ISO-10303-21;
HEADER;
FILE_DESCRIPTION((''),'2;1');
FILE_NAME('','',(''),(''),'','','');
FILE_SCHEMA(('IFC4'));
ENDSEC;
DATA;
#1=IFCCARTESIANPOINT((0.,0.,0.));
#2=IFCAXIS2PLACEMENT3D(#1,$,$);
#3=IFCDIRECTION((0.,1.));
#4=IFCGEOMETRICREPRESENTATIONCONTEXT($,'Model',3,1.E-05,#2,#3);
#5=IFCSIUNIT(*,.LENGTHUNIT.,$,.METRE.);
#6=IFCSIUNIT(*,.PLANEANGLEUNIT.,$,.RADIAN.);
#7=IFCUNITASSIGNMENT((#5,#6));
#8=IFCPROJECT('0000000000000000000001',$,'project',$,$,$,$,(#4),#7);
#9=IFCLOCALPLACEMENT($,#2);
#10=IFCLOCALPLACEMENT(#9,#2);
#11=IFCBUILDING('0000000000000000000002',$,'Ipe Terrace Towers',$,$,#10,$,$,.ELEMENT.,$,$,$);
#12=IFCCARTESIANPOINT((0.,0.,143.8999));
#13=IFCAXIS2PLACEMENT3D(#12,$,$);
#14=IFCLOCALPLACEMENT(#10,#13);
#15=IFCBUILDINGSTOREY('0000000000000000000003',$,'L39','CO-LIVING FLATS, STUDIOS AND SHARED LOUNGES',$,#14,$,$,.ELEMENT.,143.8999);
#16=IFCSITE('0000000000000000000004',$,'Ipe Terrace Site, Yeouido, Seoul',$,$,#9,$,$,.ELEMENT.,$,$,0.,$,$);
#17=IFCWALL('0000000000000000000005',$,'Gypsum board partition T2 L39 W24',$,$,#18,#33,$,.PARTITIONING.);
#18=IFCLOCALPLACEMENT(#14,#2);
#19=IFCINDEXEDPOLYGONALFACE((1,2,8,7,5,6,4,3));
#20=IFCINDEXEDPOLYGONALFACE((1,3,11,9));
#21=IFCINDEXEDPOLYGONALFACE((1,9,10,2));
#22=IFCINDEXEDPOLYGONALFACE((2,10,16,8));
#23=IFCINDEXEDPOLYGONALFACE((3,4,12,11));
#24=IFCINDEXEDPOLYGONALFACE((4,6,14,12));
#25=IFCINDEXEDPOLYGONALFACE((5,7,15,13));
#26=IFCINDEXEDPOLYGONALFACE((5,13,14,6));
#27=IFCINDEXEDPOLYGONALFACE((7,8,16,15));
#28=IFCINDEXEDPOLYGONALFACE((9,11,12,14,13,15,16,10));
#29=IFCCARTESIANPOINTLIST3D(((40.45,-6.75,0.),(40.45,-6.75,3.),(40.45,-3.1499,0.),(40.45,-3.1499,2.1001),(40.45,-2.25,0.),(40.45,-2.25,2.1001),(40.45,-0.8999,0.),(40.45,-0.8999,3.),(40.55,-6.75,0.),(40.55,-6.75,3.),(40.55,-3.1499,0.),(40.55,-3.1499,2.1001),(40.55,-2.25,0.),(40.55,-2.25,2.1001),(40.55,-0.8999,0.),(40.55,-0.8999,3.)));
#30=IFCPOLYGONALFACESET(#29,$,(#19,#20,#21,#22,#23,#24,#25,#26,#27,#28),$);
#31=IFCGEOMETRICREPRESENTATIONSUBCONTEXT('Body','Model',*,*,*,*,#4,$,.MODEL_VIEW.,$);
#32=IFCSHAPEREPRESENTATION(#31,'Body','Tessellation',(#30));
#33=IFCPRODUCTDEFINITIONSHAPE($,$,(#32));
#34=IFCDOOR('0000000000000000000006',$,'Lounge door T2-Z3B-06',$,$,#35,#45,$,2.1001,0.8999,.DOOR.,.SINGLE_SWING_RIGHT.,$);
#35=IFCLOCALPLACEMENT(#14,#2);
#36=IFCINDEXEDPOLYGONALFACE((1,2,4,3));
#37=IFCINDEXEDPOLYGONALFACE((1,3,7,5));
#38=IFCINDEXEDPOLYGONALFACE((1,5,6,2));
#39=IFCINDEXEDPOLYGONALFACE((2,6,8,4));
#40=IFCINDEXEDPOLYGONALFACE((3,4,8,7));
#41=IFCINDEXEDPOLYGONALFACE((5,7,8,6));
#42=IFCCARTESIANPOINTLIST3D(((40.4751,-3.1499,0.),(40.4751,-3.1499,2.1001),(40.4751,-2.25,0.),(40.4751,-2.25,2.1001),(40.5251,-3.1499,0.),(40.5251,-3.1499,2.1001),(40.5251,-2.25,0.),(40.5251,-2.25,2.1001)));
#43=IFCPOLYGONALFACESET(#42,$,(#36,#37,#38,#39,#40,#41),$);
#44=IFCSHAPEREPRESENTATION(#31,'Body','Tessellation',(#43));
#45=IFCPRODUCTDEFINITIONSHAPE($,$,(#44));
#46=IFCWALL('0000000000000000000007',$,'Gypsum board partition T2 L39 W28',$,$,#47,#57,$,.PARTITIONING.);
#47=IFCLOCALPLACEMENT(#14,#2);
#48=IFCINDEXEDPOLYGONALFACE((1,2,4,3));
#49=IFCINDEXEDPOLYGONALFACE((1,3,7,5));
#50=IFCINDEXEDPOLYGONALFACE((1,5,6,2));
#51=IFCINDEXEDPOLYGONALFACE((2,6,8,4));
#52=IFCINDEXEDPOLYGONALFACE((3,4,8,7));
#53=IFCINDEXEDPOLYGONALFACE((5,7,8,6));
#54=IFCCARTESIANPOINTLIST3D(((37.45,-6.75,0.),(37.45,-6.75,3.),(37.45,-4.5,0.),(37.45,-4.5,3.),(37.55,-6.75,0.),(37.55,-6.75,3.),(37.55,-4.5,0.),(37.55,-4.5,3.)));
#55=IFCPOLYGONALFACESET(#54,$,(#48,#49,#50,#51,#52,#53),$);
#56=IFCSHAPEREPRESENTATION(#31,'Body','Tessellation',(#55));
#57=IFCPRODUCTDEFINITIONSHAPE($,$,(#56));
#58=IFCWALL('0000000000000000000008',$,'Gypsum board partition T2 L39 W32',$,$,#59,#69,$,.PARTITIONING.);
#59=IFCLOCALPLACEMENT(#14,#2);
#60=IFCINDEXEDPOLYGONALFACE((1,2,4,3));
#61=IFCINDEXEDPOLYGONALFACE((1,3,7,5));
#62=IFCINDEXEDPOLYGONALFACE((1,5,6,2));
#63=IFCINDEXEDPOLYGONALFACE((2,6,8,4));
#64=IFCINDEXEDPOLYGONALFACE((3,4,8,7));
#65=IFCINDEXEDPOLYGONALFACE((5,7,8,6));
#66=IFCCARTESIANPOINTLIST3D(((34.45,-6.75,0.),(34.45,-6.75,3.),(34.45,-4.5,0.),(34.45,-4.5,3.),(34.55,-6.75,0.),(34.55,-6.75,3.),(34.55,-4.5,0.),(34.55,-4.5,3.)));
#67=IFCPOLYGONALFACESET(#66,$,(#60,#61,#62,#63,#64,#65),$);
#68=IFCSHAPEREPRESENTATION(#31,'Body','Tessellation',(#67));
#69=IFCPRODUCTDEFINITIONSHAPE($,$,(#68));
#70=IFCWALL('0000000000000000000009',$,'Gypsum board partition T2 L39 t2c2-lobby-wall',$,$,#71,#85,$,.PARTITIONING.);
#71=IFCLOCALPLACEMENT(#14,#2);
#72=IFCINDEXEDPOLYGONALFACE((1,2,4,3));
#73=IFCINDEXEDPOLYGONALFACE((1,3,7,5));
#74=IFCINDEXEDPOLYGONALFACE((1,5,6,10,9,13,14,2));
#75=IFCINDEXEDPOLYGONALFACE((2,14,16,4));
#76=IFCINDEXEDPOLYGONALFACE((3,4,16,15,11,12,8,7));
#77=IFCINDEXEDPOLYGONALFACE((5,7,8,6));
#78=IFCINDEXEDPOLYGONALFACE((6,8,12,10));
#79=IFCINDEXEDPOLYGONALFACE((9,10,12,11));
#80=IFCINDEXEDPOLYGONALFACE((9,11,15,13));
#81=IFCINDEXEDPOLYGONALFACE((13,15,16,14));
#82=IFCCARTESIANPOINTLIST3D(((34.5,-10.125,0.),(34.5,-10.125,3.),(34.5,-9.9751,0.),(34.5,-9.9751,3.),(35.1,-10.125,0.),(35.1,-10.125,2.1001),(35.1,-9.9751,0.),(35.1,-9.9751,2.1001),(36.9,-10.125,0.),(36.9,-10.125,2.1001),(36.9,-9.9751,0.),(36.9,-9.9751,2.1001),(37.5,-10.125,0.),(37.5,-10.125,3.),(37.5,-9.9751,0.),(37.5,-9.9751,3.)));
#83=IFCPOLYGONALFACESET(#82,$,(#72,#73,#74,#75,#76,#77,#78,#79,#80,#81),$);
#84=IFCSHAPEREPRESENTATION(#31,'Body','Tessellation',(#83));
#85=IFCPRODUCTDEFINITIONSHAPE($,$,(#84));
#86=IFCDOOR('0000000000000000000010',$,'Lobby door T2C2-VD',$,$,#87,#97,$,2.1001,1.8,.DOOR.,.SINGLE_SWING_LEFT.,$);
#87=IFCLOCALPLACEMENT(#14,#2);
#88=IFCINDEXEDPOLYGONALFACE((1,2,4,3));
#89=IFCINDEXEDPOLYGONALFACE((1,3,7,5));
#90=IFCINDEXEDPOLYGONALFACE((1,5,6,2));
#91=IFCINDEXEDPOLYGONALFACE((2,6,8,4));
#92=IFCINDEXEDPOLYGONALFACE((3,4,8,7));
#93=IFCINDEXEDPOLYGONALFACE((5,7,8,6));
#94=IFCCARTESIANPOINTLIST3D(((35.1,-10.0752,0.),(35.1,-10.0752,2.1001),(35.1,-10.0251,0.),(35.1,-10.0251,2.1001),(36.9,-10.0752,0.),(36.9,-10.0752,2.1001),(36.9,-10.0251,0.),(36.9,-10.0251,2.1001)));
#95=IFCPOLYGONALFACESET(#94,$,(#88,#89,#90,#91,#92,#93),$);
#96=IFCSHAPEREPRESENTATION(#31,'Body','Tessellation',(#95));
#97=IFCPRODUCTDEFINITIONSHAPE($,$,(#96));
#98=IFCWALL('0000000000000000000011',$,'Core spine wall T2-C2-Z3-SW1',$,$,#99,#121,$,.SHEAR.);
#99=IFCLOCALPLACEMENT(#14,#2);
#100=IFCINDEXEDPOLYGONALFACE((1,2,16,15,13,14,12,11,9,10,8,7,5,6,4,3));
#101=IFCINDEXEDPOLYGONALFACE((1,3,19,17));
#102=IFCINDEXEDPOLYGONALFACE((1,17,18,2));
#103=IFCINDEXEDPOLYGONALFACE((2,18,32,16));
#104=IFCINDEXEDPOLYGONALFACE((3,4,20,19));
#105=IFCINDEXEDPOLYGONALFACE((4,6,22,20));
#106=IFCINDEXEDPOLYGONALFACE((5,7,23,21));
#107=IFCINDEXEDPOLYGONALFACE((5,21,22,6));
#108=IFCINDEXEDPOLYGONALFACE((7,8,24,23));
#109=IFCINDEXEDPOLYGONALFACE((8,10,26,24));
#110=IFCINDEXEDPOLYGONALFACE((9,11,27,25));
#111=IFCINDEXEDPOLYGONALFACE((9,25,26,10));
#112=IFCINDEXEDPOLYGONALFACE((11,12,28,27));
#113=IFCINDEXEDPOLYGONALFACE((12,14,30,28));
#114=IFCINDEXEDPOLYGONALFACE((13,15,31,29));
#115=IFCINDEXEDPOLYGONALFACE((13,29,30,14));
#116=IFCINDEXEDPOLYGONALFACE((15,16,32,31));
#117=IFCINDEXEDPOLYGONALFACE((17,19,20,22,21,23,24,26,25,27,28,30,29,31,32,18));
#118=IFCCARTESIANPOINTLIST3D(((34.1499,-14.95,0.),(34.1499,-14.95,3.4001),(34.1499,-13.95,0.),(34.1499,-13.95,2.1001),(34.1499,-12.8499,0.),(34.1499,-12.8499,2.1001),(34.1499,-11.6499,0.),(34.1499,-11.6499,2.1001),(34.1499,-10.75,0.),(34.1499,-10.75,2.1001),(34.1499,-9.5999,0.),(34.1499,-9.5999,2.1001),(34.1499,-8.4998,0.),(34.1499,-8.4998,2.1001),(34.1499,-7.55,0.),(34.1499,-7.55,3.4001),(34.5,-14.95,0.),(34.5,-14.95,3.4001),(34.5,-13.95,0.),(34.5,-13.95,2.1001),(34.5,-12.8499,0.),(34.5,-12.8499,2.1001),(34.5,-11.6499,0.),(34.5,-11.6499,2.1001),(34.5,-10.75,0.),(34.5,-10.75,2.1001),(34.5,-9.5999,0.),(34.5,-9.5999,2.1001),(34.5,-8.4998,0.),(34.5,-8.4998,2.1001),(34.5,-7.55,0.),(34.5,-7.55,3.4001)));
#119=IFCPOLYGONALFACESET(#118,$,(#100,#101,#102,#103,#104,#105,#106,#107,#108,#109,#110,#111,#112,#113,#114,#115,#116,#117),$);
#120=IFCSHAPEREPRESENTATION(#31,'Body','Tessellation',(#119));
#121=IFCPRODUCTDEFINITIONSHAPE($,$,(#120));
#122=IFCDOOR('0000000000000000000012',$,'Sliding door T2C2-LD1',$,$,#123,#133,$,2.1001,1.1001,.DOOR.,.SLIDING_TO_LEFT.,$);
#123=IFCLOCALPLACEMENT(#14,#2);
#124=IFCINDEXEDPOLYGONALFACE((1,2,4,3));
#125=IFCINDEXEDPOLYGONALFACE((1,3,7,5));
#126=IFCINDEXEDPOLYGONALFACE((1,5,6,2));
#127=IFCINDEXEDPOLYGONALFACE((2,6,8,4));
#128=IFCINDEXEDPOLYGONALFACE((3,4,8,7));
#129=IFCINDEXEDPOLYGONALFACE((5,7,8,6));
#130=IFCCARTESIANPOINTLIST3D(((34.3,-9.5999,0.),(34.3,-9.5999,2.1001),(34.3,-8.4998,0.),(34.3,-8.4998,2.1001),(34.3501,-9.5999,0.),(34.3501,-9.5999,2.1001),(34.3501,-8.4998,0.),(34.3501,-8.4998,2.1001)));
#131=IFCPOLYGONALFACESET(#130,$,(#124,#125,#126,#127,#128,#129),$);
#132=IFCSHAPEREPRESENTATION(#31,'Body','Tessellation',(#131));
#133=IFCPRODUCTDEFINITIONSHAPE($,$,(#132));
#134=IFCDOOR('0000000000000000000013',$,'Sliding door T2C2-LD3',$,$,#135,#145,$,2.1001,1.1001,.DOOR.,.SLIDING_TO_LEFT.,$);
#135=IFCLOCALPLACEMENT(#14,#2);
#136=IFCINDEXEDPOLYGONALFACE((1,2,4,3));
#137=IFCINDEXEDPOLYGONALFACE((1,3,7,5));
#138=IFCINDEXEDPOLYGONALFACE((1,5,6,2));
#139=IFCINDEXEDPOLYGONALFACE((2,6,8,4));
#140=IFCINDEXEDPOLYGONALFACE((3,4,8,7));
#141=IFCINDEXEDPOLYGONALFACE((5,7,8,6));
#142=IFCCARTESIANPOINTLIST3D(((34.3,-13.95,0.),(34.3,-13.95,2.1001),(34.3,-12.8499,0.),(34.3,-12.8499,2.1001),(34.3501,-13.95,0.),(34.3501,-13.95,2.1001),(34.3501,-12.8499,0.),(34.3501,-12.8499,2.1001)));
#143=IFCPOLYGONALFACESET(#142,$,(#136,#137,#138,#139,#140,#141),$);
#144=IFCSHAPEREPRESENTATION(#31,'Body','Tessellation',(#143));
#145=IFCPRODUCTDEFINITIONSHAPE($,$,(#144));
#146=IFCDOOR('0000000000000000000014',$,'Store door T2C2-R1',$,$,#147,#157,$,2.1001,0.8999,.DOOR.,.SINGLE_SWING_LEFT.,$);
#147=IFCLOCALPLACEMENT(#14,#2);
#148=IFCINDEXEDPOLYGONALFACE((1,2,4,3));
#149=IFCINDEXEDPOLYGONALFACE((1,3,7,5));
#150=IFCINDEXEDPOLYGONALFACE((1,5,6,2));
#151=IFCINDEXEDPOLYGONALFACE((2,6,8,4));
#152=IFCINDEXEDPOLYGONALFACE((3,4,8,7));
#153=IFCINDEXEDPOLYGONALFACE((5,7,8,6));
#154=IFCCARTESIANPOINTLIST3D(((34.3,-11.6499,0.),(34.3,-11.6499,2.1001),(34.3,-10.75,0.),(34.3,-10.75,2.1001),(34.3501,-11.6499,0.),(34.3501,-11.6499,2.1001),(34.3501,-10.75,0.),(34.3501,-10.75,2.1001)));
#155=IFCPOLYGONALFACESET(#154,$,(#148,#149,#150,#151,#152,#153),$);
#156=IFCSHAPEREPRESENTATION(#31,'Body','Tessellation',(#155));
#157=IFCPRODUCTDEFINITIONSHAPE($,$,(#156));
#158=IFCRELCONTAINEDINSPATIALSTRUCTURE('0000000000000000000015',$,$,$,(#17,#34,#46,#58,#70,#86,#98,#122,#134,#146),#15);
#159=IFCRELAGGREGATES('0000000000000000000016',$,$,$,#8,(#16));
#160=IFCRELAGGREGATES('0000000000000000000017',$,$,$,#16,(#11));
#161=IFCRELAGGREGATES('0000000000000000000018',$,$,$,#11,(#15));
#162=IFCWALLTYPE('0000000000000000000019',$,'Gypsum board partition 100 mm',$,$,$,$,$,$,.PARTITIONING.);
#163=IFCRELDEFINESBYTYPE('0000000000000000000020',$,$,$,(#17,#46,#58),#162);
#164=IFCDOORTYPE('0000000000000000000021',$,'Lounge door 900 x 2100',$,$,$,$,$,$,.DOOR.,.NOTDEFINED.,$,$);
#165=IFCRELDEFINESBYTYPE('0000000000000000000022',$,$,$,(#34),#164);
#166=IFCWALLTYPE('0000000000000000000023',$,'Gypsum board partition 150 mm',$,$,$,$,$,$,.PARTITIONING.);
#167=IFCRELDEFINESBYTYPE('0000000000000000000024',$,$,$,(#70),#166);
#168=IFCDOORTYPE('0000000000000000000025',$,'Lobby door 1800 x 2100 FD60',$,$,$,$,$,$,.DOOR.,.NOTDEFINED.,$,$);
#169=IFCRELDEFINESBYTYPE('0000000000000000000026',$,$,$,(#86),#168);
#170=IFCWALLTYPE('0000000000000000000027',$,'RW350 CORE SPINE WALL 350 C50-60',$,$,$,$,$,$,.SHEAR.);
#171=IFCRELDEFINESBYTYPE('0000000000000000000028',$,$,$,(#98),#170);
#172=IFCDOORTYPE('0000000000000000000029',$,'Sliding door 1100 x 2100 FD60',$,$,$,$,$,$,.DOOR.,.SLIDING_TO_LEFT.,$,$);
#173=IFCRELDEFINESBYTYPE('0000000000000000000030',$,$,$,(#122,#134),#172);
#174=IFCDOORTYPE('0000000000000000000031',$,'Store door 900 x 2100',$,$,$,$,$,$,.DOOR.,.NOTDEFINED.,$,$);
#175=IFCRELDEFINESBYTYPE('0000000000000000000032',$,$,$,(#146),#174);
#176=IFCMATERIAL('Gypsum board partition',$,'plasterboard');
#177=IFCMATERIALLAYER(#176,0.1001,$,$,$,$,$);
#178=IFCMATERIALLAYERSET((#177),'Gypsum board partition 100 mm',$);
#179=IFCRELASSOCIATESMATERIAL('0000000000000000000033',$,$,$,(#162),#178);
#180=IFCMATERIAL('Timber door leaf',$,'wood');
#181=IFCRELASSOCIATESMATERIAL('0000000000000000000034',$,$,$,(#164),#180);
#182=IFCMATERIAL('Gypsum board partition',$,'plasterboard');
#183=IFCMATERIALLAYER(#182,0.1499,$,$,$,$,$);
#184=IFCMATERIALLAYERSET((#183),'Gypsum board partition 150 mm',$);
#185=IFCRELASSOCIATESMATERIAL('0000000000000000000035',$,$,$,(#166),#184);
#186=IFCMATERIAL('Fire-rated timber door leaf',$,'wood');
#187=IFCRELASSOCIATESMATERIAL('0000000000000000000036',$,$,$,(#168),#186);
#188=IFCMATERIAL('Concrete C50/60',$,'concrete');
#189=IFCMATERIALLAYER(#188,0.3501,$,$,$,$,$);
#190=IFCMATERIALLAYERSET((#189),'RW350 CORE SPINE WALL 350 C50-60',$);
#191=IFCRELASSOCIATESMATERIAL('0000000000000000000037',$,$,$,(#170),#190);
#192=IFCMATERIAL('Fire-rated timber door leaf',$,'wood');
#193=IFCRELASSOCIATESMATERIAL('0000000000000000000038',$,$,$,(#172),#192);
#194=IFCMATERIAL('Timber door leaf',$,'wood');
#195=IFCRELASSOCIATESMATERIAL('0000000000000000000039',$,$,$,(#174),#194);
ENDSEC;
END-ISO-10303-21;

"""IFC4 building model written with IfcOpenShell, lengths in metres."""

from ifc_helpers import new_model, si_unit, direction, frame, frame_2d, origin, place, context, subcontext, project, spatial, rectangle, extrude, material, layer, layer_set, type_object, element, fill, save


model = new_model("IFC4")

# Units and contexts
model_context = context("Model", 3, precision=1e-05, world=origin(), true_north=direction((0.0, 1.0)))
body_context = subcontext(model_context, "Body", "Model", "MODEL_VIEW")
ifc_project = project(units=[si_unit("LENGTHUNIT", "METRE"), si_unit("PLANEANGLEUNIT", "RADIAN")], contexts=[model_context])

# Site, building, storey
site_placement = place(None, origin())
site = spatial("IfcSite", under=ifc_project, at=site_placement, Name="Ipe Terrace Site, Yeouido, Seoul", CompositionType="ELEMENT", RefElevation=0.0)
building_placement = place(site_placement, origin())
building = spatial("IfcBuilding", under=site, at=building_placement, Name="Ipe Terrace Towers", CompositionType="ELEMENT")
storey_placement = place(building_placement, frame((0.0, 0.0, 143.8999)))
storey = spatial("IfcBuildingStorey", under=building, at=storey_placement, Name="L39", Description="CO-LIVING FLATS, STUDIOS AND SHARED LOUNGES", CompositionType="ELEMENT", Elevation=143.8999)

# Wall, opening, door
ifc_material_1 = material(Name="Gypsum board partition", Category="plasterboard")
ifc_layer_1 = layer(ifc_material_1, 0.1001)
ifc_layer_set_1 = layer_set([ifc_layer_1], Name="Gypsum board partition 100 mm")
wall_type_1 = type_object("IfcWallType", Name="Gypsum board partition 100 mm", PredefinedType="PARTITIONING", material=ifc_layer_set_1)
wall_1_placement = place(storey_placement, frame((40.5, -6.75, 0.0), z_axis=(0.0, 0.0, 1.0), x_axis=(0.0, 1.0, 0.0)))
wall_1 = element("IfcWall", 1, at=wall_1_placement, inside=storey, type_object=wall_type_1, Name="Gypsum board partition T2 L39 W24", PredefinedType="PARTITIONING", context=body_context, shape_type="SweptSolid", body=[
    extrude(rectangle(XDim=5.8501, YDim=0.1001, at=frame_2d((2.925, 0.0))), origin(), (0.0, 0.0, 1.0), 3.0),
])
opening_1_placement = place(wall_1_placement, frame((3.6001, 0.0, 0.0)))
opening_1 = element("IfcOpeningElement", 2, at=opening_1_placement, cuts=wall_1, PredefinedType="OPENING", context=body_context, shape_type="SweptSolid", body=[
    extrude(rectangle(XDim=0.8999, YDim=2.1001, at=frame_2d((0.45, 1.05))), frame((0.0, 0.0601, 0.0), z_axis=(0.0, -1.0, 0.0), x_axis=(1.0, 0.0, 0.0)), (0.0, 0.0, 1.0), 0.1201),
])
ifc_material_2 = material(Name="Timber door leaf", Category="wood")
door_type_1 = type_object("IfcDoorType", Name="Lounge door 900 x 2100", OperationType="NOTDEFINED", PredefinedType="DOOR", material=ifc_material_2)
door_1_placement = place(opening_1_placement, origin())
door_1 = element("IfcDoor", 3, at=door_1_placement, inside=storey, type_object=door_type_1, Name="Lounge door T2-Z3B-06", OperationType="SINGLE_SWING_RIGHT", OverallHeight=2.1001, OverallWidth=0.8999, PredefinedType="DOOR", context=body_context, shape_type="SweptSolid", body=[
    extrude(rectangle(XDim=0.8999, YDim=2.1001, at=frame_2d((0.45, 1.05))), frame((0.0, 0.0249, 0.0), z_axis=(0.0, -1.0, 0.0), x_axis=(1.0, 0.0, 0.0)), (0.0, 0.0, 1.0), 0.05),
])
fill(opening_1, door_1)

# Walls
for number, where, z_axis, x_axis, name in (
    (4, (37.5, -6.75, 0.0), (0.0, 0.0, 1.0), (0.0, 1.0, 0.0), "Gypsum board partition T2 L39 W28"),
    (5, (34.5, -6.75, 0.0), (0.0, 0.0, 1.0), (0.0, 1.0, 0.0), "Gypsum board partition T2 L39 W32"),
):
    element("IfcWall", number, at=place(storey_placement, frame(where, z_axis=z_axis, x_axis=x_axis)), inside=storey, type_object=wall_type_1, Name=name, PredefinedType="PARTITIONING", context=body_context, shape_type="SweptSolid", body=[
        extrude(rectangle(XDim=2.25, YDim=0.1001, at=frame_2d((1.125, 0.0))), origin(), (0.0, 0.0, 1.0), 3.0),
    ])

# Wall, opening, door
ifc_material_3 = material(Name="Gypsum board partition", Category="plasterboard")
ifc_layer_2 = layer(ifc_material_3, 0.1499)
ifc_layer_set_2 = layer_set([ifc_layer_2], Name="Gypsum board partition 150 mm")
wall_type_2 = type_object("IfcWallType", Name="Gypsum board partition 150 mm", PredefinedType="PARTITIONING", material=ifc_layer_set_2)
wall_2_placement = place(storey_placement, frame((34.5, -10.05, 0.0), z_axis=(0.0, 0.0, 1.0), x_axis=(1.0, 0.0, 0.0)))
wall_2 = element("IfcWall", 6, at=wall_2_placement, inside=storey, type_object=wall_type_2, Name="Gypsum board partition T2 L39 t2c2-lobby-wall", PredefinedType="PARTITIONING", context=body_context, shape_type="SweptSolid", body=[
    extrude(rectangle(XDim=3.0, YDim=0.1499, at=frame_2d((1.5, 0.0))), origin(), (0.0, 0.0, 1.0), 3.0),
])
opening_2_placement = place(wall_2_placement, frame((0.6001, 0.0, 0.0)))
opening_2 = element("IfcOpeningElement", 7, at=opening_2_placement, cuts=wall_2, PredefinedType="OPENING", context=body_context, shape_type="SweptSolid", body=[
    extrude(rectangle(XDim=1.8, YDim=2.1001, at=frame_2d((0.8999, 1.05))), frame((0.0, 0.085, 0.0), z_axis=(0.0, -1.0, 0.0), x_axis=(1.0, 0.0, 0.0)), (0.0, 0.0, 1.0), 0.1699),
])
ifc_material_4 = material(Name="Fire-rated timber door leaf", Category="wood")
door_type_2 = type_object("IfcDoorType", Name="Lobby door 1800 x 2100 FD60", OperationType="NOTDEFINED", PredefinedType="DOOR", material=ifc_material_4)
door_2_placement = place(opening_2_placement, origin())
door_2 = element("IfcDoor", 8, at=door_2_placement, inside=storey, type_object=door_type_2, Name="Lobby door T2C2-VD", OperationType="SINGLE_SWING_LEFT", OverallHeight=2.1001, OverallWidth=1.8, PredefinedType="DOOR", context=body_context, shape_type="SweptSolid", body=[
    extrude(rectangle(XDim=1.8, YDim=2.1001, at=frame_2d((0.8999, 1.05))), frame((0.0, 0.0249, 0.0), z_axis=(0.0, -1.0, 0.0), x_axis=(1.0, 0.0, 0.0)), (0.0, 0.0, 1.0), 0.05),
])
fill(opening_2, door_2)

# Wall, openings, doors
ifc_material_5 = material(Name="Concrete C50/60", Category="concrete")
ifc_layer_3 = layer(ifc_material_5, 0.3501)
ifc_layer_set_3 = layer_set([ifc_layer_3], Name="RW350 CORE SPINE WALL 350 C50-60")
wall_type_3 = type_object("IfcWallType", Name="RW350 CORE SPINE WALL 350 C50-60", PredefinedType="SHEAR", material=ifc_layer_set_3)
wall_3_placement = place(storey_placement, frame((34.325, -14.95, 0.0), z_axis=(0.0, 0.0, 1.0), x_axis=(0.0, 1.0, 0.0)))
wall_3 = element("IfcWall", 9, at=wall_3_placement, inside=storey, type_object=wall_type_3, Name="Core spine wall T2-C2-Z3-SW1", PredefinedType="SHEAR", context=body_context, shape_type="SweptSolid", body=[
    extrude(rectangle(XDim=7.3999, YDim=0.3501, at=frame_2d((3.7, 0.0))), origin(), (0.0, 0.0, 1.0), 3.4001),
])
opening_3_placement = place(wall_3_placement, frame((5.3501, 0.0, 0.0)))
opening_3 = element("IfcOpeningElement", 10, at=opening_3_placement, cuts=wall_3, PredefinedType="OPENING", context=body_context, shape_type="SweptSolid", body=[
    extrude(rectangle(XDim=1.1001, YDim=2.1001, at=frame_2d((0.55, 1.05))), frame((0.0, 0.1851, 0.0), z_axis=(0.0, -1.0, 0.0), x_axis=(1.0, 0.0, 0.0)), (0.0, 0.0, 1.0), 0.3701),
])
opening_4_placement = place(wall_3_placement, frame((1.0, 0.0, 0.0)))
opening_4 = element("IfcOpeningElement", 11, at=opening_4_placement, cuts=wall_3, PredefinedType="OPENING", context=body_context, shape_type="SweptSolid", body=[
    extrude(rectangle(XDim=1.1001, YDim=2.1001, at=frame_2d((0.55, 1.05))), frame((0.0, 0.1851, 0.0), z_axis=(0.0, -1.0, 0.0), x_axis=(1.0, 0.0, 0.0)), (0.0, 0.0, 1.0), 0.3701),
])
opening_5_placement = place(wall_3_placement, frame((3.3, 0.0, 0.0)))
opening_5 = element("IfcOpeningElement", 12, at=opening_5_placement, cuts=wall_3, PredefinedType="OPENING", context=body_context, shape_type="SweptSolid", body=[
    extrude(rectangle(XDim=0.8999, YDim=2.1001, at=frame_2d((0.45, 1.05))), frame((0.0, 0.1851, 0.0), z_axis=(0.0, -1.0, 0.0), x_axis=(1.0, 0.0, 0.0)), (0.0, 0.0, 1.0), 0.3701),
])
ifc_material_6 = material(Name="Fire-rated timber door leaf", Category="wood")
door_type_3 = type_object("IfcDoorType", Name="Sliding door 1100 x 2100 FD60", OperationType="SLIDING_TO_LEFT", PredefinedType="DOOR", material=ifc_material_6)
door_3_placement = place(opening_3_placement, origin())
door_3 = element("IfcDoor", 13, at=door_3_placement, inside=storey, type_object=door_type_3, Name="Sliding door T2C2-LD1", OperationType="SLIDING_TO_LEFT", OverallHeight=2.1001, OverallWidth=1.1001, PredefinedType="DOOR", context=body_context, shape_type="SweptSolid", body=[
    extrude(rectangle(XDim=1.1001, YDim=2.1001, at=frame_2d((0.55, 1.05))), frame((0.0, 0.0249, 0.0), z_axis=(0.0, -1.0, 0.0), x_axis=(1.0, 0.0, 0.0)), (0.0, 0.0, 1.0), 0.05),
])
fill(opening_3, door_3)
door_4_placement = place(opening_4_placement, origin())
door_4 = element("IfcDoor", 14, at=door_4_placement, inside=storey, type_object=door_type_3, Name="Sliding door T2C2-LD3", OperationType="SLIDING_TO_LEFT", OverallHeight=2.1001, OverallWidth=1.1001, PredefinedType="DOOR", context=body_context, shape_type="SweptSolid", body=[
    extrude(rectangle(XDim=1.1001, YDim=2.1001, at=frame_2d((0.55, 1.05))), frame((0.0, 0.0249, 0.0), z_axis=(0.0, -1.0, 0.0), x_axis=(1.0, 0.0, 0.0)), (0.0, 0.0, 1.0), 0.05),
])
fill(opening_4, door_4)
ifc_material_7 = material(Name="Timber door leaf", Category="wood")
door_type_4 = type_object("IfcDoorType", Name="Store door 900 x 2100", OperationType="NOTDEFINED", PredefinedType="DOOR", material=ifc_material_7)
door_5_placement = place(opening_5_placement, origin())
door_5 = element("IfcDoor", 15, at=door_5_placement, inside=storey, type_object=door_type_4, Name="Store door T2C2-R1", OperationType="SINGLE_SWING_LEFT", OverallHeight=2.1001, OverallWidth=0.8999, PredefinedType="DOOR", context=body_context, shape_type="SweptSolid", body=[
    extrude(rectangle(XDim=0.8999, YDim=2.1001, at=frame_2d((0.45, 1.05))), frame((0.0, 0.0249, 0.0), z_axis=(0.0, -1.0, 0.0), x_axis=(1.0, 0.0, 0.0)), (0.0, 0.0, 1.0), 0.05),
])
fill(opening_5, door_5)

save(model, "model.ifc")
